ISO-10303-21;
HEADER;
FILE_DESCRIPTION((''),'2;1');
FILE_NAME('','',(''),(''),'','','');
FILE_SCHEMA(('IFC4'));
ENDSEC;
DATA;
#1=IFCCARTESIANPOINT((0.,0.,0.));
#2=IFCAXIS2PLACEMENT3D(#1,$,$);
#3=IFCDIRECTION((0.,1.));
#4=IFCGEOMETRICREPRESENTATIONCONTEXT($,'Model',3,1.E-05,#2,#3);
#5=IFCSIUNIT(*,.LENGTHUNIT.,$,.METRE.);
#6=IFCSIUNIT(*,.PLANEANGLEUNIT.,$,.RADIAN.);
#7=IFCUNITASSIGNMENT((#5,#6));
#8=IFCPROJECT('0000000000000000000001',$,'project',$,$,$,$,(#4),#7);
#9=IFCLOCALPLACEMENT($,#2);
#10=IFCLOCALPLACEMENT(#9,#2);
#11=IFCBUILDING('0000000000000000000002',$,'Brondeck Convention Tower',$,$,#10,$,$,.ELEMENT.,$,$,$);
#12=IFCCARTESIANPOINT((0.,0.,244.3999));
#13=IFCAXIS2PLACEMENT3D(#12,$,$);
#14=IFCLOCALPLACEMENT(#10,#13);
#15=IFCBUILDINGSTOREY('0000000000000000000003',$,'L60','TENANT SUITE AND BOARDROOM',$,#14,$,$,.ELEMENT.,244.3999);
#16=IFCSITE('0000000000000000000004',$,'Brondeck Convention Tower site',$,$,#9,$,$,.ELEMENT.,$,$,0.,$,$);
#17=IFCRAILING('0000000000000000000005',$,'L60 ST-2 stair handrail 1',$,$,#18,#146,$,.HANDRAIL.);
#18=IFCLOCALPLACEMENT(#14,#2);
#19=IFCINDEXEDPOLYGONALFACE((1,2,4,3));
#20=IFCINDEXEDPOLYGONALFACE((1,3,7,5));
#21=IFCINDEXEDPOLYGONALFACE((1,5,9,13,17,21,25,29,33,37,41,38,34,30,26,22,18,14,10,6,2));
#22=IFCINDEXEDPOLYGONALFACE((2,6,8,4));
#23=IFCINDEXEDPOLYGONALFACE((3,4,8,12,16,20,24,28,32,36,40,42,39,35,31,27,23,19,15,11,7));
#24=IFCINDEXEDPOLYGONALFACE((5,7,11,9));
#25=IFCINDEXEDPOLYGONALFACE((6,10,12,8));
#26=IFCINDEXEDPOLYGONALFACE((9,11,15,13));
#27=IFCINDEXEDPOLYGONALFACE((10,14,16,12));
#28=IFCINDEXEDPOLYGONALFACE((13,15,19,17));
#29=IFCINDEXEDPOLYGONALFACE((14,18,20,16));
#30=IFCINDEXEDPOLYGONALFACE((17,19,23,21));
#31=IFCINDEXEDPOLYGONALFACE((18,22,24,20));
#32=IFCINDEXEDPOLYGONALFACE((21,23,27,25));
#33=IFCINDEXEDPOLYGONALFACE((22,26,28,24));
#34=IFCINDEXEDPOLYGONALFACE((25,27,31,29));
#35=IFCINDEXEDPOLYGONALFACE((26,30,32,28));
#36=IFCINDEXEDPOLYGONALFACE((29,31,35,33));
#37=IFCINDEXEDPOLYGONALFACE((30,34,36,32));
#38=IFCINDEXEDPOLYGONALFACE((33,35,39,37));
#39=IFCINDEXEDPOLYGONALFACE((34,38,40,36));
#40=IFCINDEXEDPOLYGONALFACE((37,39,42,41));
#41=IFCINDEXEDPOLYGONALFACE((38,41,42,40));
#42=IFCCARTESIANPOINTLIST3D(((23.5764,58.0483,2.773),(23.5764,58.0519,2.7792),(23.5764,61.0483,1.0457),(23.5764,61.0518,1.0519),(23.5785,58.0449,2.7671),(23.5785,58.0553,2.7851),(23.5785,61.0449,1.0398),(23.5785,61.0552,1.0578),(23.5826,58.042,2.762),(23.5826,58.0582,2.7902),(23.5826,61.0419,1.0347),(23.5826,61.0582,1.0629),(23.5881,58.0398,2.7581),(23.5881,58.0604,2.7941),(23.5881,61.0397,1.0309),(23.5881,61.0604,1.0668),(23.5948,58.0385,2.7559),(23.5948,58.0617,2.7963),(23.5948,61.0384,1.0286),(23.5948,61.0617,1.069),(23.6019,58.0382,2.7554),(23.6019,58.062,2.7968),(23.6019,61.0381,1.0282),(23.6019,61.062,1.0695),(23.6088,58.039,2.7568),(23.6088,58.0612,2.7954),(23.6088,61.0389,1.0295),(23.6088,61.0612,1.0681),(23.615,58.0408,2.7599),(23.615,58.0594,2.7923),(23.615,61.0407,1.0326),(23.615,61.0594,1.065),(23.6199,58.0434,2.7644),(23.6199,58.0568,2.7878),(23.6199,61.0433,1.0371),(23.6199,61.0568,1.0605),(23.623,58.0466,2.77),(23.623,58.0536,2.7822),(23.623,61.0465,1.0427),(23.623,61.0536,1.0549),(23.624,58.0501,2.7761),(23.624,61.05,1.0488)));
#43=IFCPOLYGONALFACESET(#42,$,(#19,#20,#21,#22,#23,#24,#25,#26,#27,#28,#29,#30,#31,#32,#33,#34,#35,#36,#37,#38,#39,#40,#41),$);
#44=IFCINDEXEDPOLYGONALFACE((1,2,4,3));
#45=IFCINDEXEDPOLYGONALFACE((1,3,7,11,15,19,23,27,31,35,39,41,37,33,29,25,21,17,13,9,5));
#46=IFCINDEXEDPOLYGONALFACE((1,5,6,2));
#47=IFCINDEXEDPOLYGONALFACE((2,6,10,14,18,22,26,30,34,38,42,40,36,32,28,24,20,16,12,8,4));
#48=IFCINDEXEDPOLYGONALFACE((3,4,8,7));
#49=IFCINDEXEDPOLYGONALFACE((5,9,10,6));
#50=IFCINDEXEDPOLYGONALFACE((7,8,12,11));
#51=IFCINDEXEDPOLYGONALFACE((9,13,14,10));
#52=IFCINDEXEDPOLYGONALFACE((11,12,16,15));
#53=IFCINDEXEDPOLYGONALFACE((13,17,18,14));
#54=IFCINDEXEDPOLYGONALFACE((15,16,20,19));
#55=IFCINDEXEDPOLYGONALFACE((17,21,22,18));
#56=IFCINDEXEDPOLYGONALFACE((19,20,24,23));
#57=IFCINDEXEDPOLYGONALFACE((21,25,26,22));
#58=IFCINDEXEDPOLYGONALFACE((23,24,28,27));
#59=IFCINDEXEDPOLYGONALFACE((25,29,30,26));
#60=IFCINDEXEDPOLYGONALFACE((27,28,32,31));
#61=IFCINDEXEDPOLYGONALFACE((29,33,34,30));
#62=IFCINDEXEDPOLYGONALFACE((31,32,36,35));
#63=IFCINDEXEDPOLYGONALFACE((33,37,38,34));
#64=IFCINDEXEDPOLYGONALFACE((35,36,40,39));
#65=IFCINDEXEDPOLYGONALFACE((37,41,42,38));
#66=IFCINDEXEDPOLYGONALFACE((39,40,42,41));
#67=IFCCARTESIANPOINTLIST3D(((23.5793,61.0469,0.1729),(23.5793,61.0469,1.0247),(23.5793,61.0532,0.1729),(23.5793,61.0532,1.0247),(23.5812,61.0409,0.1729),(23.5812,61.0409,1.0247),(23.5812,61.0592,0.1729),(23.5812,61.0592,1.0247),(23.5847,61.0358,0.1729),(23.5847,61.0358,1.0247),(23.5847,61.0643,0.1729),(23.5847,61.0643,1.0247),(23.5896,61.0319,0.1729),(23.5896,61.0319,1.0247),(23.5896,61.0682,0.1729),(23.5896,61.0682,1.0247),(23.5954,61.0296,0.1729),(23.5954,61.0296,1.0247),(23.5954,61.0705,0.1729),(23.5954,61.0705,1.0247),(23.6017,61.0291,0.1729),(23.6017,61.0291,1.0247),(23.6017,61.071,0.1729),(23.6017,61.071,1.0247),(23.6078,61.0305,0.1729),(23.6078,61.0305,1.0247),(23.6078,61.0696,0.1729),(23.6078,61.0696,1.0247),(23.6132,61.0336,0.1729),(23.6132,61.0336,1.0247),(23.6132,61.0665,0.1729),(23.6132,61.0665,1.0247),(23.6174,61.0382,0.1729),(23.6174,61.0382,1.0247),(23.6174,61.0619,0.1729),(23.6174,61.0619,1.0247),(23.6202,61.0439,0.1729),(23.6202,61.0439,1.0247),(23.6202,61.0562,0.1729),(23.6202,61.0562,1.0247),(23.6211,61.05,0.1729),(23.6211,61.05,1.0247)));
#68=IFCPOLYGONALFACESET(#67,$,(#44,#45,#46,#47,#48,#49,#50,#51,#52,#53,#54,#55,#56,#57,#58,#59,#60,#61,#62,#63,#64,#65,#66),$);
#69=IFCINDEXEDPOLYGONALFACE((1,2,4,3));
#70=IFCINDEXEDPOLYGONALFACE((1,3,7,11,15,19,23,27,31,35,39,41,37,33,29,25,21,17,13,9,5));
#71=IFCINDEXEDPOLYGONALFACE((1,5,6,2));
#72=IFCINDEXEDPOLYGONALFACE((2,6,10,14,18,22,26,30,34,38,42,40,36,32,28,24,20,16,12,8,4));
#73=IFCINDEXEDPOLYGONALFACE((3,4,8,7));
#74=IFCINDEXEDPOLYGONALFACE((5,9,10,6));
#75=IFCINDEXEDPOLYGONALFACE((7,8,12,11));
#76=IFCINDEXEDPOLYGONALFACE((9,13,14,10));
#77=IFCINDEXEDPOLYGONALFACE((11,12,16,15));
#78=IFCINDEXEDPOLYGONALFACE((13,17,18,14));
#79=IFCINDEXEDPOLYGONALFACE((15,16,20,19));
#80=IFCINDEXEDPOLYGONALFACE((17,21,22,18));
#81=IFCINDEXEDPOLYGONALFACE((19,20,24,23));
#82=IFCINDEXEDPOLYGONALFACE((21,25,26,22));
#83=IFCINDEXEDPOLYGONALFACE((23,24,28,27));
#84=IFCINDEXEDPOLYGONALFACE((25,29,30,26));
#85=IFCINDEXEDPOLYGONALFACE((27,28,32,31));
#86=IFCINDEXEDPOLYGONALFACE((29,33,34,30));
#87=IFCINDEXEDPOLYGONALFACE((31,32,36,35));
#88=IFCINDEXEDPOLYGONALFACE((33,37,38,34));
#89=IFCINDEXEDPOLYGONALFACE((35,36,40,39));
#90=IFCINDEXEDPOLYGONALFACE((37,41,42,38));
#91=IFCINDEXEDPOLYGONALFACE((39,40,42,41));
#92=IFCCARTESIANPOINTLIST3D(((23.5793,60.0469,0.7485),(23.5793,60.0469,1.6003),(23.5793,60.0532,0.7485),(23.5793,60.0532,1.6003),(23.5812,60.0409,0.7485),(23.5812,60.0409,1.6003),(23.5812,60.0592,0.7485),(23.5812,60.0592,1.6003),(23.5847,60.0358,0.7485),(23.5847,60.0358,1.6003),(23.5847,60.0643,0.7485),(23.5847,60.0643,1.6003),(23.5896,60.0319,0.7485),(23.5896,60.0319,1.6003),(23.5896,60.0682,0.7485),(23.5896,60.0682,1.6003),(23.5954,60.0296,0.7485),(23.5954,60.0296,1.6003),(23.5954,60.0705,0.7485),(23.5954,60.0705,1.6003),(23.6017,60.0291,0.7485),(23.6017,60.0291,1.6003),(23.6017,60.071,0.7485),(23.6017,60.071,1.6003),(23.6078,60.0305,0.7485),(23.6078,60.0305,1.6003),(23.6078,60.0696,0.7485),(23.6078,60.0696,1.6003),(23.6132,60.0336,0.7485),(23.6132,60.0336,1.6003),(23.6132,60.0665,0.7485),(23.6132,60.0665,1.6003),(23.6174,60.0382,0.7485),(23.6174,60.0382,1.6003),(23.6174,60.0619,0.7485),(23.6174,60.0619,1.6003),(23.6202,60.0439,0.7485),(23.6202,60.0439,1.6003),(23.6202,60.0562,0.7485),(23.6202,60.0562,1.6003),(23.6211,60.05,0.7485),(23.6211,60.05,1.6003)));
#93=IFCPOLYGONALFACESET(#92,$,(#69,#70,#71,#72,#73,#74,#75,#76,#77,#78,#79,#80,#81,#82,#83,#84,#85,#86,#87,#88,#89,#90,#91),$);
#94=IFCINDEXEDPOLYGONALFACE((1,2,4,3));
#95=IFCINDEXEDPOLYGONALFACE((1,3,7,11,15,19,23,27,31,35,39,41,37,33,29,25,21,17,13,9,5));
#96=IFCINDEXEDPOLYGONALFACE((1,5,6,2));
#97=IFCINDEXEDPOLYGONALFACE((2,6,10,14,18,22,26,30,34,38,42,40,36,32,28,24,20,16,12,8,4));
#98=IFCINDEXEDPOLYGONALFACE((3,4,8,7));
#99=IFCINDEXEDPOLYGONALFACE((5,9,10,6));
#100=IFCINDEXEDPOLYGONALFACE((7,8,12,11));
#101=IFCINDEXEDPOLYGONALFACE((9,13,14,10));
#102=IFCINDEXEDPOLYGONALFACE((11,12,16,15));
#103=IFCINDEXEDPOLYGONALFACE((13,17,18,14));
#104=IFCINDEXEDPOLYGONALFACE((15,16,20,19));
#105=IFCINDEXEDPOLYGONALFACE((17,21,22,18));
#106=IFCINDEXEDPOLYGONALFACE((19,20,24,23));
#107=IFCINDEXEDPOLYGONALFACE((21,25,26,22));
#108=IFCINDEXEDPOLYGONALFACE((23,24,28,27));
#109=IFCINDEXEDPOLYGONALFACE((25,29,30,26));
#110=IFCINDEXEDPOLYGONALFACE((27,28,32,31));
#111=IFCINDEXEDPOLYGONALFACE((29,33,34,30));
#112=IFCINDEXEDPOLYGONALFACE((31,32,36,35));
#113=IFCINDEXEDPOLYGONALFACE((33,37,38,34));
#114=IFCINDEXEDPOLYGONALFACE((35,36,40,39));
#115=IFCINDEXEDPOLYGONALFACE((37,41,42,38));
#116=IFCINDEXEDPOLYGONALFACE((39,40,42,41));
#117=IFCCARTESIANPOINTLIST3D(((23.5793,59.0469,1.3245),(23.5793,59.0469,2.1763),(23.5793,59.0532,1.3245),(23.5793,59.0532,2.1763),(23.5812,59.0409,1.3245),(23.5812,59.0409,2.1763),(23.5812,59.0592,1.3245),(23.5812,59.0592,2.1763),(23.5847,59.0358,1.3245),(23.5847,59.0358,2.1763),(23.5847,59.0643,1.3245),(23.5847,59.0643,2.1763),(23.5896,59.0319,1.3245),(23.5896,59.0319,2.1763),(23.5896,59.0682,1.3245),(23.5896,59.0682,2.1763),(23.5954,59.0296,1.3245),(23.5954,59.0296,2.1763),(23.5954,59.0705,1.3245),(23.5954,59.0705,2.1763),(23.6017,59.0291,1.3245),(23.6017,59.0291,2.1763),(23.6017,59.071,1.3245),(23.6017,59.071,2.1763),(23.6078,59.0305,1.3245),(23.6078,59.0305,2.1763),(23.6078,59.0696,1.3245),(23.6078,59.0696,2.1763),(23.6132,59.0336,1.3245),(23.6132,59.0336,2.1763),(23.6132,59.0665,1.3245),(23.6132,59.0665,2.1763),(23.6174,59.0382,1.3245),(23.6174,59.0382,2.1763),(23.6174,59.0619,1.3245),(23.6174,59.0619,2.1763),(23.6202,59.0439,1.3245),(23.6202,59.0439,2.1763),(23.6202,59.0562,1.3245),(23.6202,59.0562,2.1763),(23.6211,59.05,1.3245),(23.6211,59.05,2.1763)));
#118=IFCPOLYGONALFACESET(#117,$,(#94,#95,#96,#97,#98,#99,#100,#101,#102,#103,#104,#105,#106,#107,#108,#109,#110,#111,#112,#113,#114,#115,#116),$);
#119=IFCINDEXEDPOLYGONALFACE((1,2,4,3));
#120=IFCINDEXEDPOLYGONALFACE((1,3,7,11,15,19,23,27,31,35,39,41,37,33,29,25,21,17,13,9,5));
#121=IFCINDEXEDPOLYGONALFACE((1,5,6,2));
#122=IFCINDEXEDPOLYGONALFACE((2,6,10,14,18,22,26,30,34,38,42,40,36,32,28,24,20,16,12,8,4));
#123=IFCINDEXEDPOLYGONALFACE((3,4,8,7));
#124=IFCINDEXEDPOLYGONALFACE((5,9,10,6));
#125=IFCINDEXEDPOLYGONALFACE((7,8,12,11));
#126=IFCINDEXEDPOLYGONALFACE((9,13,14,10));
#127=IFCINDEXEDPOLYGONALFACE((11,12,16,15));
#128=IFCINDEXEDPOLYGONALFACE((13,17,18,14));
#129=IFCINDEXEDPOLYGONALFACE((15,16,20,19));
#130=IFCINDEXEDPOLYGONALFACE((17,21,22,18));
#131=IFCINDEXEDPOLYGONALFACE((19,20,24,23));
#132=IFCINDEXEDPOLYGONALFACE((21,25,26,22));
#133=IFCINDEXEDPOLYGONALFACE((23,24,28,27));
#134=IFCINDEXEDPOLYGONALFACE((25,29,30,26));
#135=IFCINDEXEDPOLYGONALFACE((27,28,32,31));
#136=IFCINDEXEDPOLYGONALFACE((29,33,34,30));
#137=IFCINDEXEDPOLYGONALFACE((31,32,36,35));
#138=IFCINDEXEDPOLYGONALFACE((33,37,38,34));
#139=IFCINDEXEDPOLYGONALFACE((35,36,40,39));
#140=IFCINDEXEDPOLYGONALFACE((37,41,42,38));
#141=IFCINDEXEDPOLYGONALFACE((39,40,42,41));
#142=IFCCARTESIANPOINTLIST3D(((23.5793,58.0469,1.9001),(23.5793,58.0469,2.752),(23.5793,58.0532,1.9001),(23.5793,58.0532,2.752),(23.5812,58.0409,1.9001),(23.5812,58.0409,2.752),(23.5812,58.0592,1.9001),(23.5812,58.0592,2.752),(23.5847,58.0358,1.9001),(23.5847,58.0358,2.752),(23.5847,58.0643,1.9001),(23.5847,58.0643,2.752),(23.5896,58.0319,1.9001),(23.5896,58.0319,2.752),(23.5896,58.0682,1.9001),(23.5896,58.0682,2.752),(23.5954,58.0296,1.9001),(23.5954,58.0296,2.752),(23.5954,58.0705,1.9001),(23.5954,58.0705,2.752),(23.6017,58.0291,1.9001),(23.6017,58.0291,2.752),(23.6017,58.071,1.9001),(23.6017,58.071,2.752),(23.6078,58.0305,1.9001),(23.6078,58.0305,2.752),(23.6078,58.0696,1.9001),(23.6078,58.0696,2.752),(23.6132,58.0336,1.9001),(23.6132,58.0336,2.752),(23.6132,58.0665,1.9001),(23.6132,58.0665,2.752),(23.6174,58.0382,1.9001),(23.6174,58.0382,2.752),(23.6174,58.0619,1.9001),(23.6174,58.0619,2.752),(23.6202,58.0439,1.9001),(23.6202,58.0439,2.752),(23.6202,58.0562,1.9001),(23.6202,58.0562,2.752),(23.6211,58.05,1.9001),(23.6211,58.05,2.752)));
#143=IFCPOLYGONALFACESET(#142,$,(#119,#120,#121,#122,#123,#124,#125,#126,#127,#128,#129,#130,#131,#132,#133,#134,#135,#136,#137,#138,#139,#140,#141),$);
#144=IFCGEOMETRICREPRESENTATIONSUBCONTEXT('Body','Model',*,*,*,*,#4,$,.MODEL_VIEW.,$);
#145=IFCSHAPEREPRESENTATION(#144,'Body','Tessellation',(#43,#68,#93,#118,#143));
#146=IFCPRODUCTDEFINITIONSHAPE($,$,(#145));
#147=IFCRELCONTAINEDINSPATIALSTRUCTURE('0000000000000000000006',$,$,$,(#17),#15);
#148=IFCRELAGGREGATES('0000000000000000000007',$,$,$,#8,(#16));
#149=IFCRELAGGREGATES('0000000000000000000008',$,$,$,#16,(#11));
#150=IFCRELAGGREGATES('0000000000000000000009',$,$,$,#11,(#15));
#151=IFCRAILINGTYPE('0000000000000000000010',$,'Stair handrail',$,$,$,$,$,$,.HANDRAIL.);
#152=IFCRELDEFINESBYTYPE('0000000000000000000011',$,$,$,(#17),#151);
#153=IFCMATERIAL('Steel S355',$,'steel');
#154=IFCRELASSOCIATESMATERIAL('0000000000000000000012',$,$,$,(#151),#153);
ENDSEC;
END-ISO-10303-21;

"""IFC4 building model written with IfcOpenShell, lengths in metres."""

from ifc_helpers import new_model, si_unit, direction, frame, origin, origin_2d, place, context, subcontext, project, spatial, circle, extrude, material, type_object, element, save


model = new_model("IFC4")

# Units and contexts
model_context = context("Model", 3, precision=1e-05, world=origin(), true_north=direction((0.0, 1.0)))
body_context = subcontext(model_context, "Body", "Model", "MODEL_VIEW")
ifc_project = project(units=[si_unit("LENGTHUNIT", "METRE"), si_unit("PLANEANGLEUNIT", "RADIAN")], contexts=[model_context])

# Site, building, storey
site_placement = place(None, origin())
site = spatial("IfcSite", under=ifc_project, at=site_placement, Name="Brondeck Convention Tower site", CompositionType="ELEMENT", RefElevation=0.0)
building_placement = place(site_placement, origin())
building = spatial("IfcBuilding", under=site, at=building_placement, Name="Brondeck Convention Tower", CompositionType="ELEMENT")
storey_placement = place(building_placement, frame((0.0, 0.0, 244.3999)))
storey = spatial("IfcBuildingStorey", under=building, at=storey_placement, Name="L60", Description="TENANT SUITE AND BOARDROOM", CompositionType="ELEMENT", Elevation=244.3999)

# Railing
ifc_material_1 = material(Name="Steel S355", Category="steel")
railing_type_1 = type_object("IfcRailingType", Name="Stair handrail", PredefinedType="HANDRAIL", material=ifc_material_1)
railing_1_placement = place(storey_placement, frame((23.6001, 61.05, 0.1729)))
element("IfcRailing", 1, at=railing_1_placement, inside=storey, type_object=railing_type_1, Name="L60 ST-2 stair handrail 1", PredefinedType="HANDRAIL", context=body_context, shape_type="SweptSolid", body=[
    extrude(circle(Radius=0.0239, at=origin_2d()), frame((0.0, 0.0, 0.876), z_axis=(0.0, -0.86662, 0.498969), x_axis=(1.0, 0.0, 0.0)), (0.0, 0.0, 1.0), 3.4617),
    extrude(circle(Radius=0.021, at=origin_2d()), origin(), (0.0, 0.0, 1.0), 0.8518),
    extrude(circle(Radius=0.021, at=origin_2d()), frame((0.0, -1.0, 0.5757)), (0.0, 0.0, 1.0), 0.8518),
    extrude(circle(Radius=0.021, at=origin_2d()), frame((0.0, -2.0, 1.1516)), (0.0, 0.0, 1.0), 0.8518),
    extrude(circle(Radius=0.021, at=origin_2d()), frame((0.0, -3.0, 1.7273)), (0.0, 0.0, 1.0), 0.8518),
])

save(model, "model.ifc")
